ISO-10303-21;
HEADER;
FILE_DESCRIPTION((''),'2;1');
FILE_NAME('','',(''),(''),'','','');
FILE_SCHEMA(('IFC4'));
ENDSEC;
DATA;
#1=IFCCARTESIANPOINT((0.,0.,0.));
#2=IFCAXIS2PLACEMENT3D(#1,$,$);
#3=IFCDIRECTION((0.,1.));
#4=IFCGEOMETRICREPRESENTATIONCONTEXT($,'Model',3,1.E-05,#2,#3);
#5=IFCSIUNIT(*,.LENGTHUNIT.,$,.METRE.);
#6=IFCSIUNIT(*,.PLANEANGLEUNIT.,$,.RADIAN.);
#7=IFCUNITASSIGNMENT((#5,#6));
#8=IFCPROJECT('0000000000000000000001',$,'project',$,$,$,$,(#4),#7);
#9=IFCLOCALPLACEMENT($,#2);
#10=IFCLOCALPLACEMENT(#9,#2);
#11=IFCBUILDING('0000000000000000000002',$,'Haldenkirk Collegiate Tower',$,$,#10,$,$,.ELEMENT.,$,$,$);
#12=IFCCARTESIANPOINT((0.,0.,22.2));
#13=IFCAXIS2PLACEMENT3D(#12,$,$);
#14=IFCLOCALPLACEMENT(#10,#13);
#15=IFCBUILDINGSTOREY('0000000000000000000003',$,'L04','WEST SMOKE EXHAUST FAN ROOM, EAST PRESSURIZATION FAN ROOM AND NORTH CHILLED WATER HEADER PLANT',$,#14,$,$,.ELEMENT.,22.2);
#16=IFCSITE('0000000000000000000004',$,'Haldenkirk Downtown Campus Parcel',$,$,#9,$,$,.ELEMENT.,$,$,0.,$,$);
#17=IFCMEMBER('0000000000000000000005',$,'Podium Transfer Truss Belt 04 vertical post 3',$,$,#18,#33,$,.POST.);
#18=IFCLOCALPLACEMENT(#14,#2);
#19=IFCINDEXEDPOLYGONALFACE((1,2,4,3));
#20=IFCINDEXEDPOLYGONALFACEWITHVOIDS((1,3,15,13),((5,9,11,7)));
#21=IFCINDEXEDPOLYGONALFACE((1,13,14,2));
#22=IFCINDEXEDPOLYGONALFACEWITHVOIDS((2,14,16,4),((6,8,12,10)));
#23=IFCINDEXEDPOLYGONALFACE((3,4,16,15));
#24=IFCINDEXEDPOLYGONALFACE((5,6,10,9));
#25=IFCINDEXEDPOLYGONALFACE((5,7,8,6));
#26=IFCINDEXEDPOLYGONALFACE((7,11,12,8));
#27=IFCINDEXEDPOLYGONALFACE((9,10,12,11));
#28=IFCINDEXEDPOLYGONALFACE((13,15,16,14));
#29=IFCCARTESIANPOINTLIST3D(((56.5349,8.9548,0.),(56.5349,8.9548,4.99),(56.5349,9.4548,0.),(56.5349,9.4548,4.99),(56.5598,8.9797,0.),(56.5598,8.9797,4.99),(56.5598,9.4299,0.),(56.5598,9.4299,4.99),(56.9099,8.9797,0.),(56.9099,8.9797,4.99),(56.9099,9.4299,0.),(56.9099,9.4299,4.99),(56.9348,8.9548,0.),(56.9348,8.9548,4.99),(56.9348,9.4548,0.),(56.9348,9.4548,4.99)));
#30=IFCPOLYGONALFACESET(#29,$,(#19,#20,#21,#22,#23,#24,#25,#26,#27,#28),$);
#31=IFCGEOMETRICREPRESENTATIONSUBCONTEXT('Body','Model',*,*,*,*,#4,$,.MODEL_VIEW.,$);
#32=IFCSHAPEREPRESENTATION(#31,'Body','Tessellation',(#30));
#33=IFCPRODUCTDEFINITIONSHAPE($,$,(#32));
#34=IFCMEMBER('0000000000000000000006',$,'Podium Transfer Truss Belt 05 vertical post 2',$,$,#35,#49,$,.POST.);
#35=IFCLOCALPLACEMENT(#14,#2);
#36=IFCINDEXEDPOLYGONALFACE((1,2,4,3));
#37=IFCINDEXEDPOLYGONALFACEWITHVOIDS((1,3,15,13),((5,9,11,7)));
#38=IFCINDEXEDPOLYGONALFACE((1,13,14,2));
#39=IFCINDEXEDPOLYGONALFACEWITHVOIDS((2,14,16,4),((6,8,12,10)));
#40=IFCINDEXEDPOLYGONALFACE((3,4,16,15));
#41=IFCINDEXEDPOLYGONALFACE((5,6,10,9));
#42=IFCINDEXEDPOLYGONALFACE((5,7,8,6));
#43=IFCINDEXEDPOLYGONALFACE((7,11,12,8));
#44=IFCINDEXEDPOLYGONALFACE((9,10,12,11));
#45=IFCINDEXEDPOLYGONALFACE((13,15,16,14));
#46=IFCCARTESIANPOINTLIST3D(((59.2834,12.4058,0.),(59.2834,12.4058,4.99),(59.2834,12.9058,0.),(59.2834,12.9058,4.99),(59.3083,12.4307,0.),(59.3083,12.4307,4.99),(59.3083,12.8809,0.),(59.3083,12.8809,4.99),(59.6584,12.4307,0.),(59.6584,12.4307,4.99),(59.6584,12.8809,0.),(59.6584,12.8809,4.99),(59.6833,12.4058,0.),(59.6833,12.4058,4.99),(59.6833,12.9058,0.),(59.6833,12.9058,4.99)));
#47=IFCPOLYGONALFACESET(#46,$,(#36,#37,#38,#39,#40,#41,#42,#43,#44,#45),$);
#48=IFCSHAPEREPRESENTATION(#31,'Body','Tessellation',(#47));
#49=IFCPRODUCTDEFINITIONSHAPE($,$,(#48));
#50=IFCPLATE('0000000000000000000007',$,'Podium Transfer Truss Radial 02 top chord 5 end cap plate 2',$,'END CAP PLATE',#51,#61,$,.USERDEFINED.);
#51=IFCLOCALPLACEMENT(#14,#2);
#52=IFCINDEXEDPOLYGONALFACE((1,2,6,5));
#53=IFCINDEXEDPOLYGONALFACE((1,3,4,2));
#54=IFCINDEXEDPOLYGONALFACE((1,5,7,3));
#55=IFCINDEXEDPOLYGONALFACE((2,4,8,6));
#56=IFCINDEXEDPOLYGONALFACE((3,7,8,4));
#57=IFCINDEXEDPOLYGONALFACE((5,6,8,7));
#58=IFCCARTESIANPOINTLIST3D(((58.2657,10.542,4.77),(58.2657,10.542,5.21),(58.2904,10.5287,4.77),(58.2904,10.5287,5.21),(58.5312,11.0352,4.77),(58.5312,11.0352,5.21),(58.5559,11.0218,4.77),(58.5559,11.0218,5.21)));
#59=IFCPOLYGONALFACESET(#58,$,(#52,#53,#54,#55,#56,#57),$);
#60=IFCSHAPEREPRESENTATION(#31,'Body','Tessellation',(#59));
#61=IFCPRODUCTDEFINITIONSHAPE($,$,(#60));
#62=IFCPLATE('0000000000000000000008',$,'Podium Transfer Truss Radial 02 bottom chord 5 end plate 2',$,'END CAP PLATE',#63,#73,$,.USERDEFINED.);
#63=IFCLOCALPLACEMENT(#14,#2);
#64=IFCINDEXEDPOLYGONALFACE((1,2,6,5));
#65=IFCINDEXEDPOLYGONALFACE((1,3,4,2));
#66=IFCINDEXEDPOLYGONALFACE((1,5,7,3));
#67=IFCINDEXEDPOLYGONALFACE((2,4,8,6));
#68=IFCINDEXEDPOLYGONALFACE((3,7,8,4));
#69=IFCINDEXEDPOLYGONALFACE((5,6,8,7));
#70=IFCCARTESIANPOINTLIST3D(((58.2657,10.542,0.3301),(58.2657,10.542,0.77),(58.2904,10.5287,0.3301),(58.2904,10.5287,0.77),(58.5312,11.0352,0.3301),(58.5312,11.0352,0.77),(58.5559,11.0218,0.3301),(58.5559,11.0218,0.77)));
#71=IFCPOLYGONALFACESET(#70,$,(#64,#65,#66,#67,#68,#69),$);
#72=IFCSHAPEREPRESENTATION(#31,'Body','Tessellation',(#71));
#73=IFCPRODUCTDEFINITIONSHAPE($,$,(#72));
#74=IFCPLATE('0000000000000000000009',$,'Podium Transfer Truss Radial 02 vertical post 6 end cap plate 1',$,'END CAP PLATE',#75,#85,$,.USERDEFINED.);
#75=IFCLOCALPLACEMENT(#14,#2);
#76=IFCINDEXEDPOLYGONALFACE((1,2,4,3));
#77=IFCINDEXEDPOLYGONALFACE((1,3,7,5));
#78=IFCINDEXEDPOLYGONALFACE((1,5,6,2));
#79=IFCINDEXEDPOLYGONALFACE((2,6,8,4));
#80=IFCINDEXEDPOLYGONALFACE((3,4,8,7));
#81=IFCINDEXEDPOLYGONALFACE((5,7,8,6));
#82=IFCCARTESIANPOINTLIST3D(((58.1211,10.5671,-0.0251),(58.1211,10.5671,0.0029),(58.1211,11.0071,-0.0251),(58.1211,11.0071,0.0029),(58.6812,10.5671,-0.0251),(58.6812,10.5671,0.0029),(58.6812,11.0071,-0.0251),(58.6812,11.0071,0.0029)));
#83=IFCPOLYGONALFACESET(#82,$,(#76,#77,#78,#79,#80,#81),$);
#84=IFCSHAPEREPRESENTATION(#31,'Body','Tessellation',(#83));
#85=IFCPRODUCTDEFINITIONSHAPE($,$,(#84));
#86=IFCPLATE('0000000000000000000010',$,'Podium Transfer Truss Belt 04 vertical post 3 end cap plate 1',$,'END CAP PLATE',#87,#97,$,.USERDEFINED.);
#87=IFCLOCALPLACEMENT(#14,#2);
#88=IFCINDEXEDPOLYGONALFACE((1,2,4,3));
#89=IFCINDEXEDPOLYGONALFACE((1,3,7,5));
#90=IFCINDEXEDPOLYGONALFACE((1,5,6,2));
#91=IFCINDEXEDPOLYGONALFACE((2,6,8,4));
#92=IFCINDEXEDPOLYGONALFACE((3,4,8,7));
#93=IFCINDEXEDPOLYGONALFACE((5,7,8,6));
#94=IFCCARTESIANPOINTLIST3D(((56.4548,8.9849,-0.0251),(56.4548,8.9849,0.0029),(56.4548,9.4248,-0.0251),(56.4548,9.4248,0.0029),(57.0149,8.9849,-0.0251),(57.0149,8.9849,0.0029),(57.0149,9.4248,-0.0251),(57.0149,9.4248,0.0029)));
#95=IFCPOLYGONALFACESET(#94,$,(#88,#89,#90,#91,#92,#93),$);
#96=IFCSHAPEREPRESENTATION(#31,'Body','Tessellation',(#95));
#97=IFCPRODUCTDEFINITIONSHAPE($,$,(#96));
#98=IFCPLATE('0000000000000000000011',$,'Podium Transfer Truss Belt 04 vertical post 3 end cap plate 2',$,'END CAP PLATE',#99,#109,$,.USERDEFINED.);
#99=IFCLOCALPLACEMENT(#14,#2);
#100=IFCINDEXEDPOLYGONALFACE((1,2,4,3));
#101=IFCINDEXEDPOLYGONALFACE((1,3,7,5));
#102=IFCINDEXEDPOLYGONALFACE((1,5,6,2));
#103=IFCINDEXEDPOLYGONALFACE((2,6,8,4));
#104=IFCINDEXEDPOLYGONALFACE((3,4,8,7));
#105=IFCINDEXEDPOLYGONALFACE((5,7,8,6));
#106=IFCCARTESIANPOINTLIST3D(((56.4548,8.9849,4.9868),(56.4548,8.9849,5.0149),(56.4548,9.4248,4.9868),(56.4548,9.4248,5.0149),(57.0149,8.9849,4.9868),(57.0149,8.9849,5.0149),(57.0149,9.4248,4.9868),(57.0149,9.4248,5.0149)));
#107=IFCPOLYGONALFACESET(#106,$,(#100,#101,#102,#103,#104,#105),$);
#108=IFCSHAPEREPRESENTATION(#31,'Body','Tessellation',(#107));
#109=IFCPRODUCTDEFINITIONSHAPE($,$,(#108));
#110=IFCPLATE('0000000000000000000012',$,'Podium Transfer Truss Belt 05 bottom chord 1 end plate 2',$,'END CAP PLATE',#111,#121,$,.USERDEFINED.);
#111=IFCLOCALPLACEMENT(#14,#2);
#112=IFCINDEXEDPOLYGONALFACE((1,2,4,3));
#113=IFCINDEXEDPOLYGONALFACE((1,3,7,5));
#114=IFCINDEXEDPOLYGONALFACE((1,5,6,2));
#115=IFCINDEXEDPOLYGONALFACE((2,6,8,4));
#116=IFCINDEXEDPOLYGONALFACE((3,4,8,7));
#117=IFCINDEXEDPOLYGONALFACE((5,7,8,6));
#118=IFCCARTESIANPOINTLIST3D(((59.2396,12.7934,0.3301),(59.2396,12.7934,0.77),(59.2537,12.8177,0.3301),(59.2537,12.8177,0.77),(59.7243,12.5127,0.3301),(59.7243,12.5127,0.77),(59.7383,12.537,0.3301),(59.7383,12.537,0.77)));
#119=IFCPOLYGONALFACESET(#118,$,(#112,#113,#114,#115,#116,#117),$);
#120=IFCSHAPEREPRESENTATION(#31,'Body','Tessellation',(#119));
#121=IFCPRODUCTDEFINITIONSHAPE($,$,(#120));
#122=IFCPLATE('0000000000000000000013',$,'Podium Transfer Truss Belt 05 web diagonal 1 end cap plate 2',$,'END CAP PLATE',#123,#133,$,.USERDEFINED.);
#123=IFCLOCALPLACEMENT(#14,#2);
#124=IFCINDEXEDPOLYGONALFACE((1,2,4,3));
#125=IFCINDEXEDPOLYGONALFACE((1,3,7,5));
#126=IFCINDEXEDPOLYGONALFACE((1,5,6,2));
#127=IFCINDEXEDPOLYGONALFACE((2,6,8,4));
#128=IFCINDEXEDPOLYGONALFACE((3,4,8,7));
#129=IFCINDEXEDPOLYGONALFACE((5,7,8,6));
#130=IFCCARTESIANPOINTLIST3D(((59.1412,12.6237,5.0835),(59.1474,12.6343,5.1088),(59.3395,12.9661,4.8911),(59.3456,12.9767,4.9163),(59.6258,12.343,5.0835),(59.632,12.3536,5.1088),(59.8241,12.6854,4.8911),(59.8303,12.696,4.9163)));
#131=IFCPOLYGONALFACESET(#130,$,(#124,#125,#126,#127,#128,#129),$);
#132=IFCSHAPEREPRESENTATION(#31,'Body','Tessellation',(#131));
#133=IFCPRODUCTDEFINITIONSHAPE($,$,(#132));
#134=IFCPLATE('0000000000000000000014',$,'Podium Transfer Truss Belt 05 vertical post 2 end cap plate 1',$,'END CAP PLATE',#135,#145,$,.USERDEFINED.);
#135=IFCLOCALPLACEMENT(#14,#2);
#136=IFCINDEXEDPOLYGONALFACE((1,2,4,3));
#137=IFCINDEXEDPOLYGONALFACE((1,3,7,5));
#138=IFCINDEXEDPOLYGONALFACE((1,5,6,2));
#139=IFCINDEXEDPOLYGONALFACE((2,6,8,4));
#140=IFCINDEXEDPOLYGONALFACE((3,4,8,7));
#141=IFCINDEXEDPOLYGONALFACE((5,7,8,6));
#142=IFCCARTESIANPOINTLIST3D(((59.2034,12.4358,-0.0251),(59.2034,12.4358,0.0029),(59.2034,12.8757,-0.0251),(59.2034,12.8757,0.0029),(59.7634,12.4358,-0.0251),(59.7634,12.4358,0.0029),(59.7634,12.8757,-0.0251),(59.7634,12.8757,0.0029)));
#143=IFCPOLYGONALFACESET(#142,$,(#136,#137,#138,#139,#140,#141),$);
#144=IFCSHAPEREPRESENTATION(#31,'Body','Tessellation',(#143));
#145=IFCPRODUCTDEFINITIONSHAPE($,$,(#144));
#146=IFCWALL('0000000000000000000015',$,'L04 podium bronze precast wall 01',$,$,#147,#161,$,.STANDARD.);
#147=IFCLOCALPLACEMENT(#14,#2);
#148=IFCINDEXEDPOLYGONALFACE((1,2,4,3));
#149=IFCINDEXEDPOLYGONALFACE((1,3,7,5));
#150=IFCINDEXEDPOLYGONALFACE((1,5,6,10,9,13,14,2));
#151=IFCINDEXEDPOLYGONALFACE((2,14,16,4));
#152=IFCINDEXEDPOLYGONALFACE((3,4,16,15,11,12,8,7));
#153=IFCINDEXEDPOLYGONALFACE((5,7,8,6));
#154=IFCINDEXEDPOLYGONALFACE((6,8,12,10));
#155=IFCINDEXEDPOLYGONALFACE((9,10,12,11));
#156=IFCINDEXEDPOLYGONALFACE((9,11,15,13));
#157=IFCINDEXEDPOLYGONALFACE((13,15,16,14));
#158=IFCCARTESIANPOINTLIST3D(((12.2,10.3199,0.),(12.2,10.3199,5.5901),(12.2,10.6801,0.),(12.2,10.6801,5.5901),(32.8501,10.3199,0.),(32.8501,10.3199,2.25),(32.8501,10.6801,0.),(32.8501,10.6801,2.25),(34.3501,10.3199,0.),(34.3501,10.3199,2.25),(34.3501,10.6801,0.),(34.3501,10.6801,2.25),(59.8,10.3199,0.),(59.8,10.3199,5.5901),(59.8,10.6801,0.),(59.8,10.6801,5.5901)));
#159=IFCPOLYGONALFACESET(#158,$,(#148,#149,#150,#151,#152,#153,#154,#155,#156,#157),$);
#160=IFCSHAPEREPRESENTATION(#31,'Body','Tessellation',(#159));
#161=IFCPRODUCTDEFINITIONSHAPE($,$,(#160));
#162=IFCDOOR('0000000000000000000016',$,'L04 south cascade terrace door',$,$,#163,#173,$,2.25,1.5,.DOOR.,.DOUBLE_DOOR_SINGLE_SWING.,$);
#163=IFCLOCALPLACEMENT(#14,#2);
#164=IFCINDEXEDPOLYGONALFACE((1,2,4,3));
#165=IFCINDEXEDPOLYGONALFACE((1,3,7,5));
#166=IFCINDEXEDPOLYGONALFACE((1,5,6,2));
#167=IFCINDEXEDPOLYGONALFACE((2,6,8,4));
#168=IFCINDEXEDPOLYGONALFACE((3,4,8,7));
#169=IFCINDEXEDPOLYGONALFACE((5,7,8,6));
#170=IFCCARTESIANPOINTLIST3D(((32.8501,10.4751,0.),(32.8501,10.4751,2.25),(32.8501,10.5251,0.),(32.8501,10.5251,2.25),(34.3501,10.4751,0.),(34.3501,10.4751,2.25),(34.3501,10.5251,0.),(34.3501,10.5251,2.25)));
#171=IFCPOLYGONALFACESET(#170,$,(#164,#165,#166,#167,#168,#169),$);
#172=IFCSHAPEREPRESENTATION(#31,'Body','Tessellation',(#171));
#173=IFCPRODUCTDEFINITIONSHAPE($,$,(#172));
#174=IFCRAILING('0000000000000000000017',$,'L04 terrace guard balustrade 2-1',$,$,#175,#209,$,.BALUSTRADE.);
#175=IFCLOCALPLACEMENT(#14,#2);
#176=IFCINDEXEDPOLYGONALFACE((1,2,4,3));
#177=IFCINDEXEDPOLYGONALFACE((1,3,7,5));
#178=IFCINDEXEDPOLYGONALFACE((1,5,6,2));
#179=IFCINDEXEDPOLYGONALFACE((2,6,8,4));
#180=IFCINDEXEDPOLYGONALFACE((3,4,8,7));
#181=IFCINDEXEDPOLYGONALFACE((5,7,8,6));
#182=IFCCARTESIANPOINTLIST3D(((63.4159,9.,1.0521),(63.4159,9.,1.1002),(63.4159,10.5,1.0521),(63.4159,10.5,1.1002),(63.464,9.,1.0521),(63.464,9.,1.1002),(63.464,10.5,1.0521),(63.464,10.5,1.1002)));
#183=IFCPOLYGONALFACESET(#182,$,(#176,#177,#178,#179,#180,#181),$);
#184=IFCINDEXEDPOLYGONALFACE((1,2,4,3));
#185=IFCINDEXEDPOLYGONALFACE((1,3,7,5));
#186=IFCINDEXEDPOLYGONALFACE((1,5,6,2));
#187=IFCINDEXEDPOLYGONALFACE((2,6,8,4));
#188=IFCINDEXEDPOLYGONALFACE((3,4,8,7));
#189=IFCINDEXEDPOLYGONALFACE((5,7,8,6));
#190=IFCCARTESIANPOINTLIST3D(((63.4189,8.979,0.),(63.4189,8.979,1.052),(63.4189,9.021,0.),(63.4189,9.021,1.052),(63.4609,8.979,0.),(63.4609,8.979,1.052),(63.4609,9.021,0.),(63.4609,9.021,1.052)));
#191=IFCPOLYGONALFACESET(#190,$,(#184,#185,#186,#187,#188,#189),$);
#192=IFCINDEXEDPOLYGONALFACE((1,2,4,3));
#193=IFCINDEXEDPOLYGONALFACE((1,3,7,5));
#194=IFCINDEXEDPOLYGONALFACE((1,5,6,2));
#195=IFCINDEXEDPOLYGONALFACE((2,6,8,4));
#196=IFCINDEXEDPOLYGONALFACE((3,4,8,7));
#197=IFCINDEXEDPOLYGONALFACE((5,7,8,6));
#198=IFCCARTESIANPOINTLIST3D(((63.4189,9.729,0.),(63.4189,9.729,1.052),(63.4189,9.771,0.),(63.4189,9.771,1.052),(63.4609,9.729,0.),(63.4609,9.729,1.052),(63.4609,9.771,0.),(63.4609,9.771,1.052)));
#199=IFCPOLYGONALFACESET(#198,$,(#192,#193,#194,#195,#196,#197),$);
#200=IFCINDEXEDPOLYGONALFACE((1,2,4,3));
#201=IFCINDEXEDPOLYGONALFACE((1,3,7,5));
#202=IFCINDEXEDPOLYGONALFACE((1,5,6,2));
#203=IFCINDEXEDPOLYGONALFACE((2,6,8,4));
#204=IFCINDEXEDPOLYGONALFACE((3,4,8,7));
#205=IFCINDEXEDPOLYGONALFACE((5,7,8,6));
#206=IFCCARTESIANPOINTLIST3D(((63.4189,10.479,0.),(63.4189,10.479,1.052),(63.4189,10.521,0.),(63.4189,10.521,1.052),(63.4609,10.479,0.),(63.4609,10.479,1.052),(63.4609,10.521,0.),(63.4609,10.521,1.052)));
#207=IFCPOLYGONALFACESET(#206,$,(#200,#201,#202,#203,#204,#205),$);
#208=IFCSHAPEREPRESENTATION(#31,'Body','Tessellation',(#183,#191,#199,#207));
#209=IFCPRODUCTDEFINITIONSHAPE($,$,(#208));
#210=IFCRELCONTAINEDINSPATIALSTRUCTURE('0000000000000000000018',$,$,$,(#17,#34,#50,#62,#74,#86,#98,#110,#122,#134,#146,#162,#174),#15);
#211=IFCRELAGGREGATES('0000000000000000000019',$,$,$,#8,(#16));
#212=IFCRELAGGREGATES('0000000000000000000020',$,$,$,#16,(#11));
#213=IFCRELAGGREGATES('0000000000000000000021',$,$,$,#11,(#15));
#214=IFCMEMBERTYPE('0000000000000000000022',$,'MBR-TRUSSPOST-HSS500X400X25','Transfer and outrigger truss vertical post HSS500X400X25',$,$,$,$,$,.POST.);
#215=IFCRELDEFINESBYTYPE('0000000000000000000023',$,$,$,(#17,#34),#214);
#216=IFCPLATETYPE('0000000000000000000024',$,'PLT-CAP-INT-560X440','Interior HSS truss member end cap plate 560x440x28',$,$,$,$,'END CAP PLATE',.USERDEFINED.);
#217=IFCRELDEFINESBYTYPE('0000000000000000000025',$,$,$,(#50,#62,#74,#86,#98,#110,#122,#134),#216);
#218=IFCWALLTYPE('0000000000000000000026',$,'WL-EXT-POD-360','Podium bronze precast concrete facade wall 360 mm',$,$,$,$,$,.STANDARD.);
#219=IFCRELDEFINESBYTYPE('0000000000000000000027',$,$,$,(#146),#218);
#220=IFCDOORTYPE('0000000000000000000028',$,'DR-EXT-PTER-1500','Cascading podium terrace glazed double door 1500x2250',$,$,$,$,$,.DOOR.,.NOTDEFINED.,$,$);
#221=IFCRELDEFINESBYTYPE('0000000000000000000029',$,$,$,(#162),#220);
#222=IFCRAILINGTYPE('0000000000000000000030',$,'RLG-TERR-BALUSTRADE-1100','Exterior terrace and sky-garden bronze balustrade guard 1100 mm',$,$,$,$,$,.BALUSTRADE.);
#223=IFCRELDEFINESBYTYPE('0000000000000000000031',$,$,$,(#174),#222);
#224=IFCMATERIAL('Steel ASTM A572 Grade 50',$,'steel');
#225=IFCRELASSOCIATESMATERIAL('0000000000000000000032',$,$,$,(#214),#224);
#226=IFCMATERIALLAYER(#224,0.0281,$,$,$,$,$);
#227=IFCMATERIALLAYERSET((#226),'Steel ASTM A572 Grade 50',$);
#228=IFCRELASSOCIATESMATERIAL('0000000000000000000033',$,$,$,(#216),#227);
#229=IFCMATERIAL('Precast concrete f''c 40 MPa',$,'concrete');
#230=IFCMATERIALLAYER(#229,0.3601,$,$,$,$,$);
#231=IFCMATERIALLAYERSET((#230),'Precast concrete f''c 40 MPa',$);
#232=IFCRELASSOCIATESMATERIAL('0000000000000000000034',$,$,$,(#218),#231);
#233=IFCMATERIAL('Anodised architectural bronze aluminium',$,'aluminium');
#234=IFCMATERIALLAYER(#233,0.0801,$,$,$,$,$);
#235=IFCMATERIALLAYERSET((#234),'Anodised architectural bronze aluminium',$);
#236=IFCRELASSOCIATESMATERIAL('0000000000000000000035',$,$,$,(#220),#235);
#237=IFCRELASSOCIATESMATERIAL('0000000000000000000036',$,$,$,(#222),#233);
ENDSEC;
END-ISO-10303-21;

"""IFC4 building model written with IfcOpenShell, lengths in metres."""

from ifc_helpers import new_model, si_unit, direction, frame, frame_2d, origin, origin_2d, place, context, subcontext, project, spatial, rectangle, hollow_rectangle, extrude, source, transform, mapped, material, layer, layer_set, material_profile, profile_set, type_object, element, fill, save


model = new_model("IFC4")

# Units and contexts
model_context = context("Model", 3, precision=1e-05, world=origin(), true_north=direction((0.0, 1.0)))
body_context = subcontext(model_context, "Body", "Model", "MODEL_VIEW")
ifc_project = project(units=[si_unit("LENGTHUNIT", "METRE"), si_unit("PLANEANGLEUNIT", "RADIAN")], contexts=[model_context])

# Site, building, storey
site_placement = place(None, origin())
site = spatial("IfcSite", under=ifc_project, at=site_placement, Name="Haldenkirk Downtown Campus Parcel", CompositionType="ELEMENT", RefElevation=0.0)
building_placement = place(site_placement, origin())
building = spatial("IfcBuilding", under=site, at=building_placement, Name="Haldenkirk Collegiate Tower", CompositionType="ELEMENT")
storey_placement = place(building_placement, frame((0.0, 0.0, 22.2)))
storey = spatial("IfcBuildingStorey", under=building, at=storey_placement, Name="L04", Description="WEST SMOKE EXHAUST FAN ROOM, EAST PRESSURIZATION FAN ROOM AND NORTH CHILLED WATER HEADER PLANT", CompositionType="ELEMENT", Elevation=22.2)

# Members
ifc_material_1 = material(Name="Steel ASTM A572 Grade 50", Category="steel")
ifc_material_profile_1 = material_profile(ifc_material_1, hollow_rectangle(XDim=0.3999, YDim=0.5, WallThickness=0.0249, at=origin_2d()), Name="HSS500X400X25")
ifc_profile_set_1 = profile_set([ifc_material_profile_1], Name="Steel ASTM A572 Grade 50")
member_type_1 = type_object("IfcMemberType", Name="MBR-TRUSSPOST-HSS500X400X25", Description="Transfer and outrigger truss vertical post HSS500X400X25", PredefinedType="POST", material=ifc_profile_set_1)
for number, where, z_axis, x_axis, name in (
    (1, (56.7349, 9.2048, 0.0), (0.0, 0.0, 1.0), (1.0, 0.0, 0.0), "Podium Transfer Truss Belt 04 vertical post 3"),
    (2, (59.4834, 12.6558, 0.0), (0.0, 0.0, 1.0), (1.0, 0.0, 0.0), "Podium Transfer Truss Belt 05 vertical post 2"),
):
    element("IfcMember", number, at=place(storey_placement, frame(where, z_axis=z_axis, x_axis=x_axis)), inside=storey, type_object=member_type_1, Name=name, PredefinedType="POST", context=body_context, shape_type="SweptSolid", body=[
        extrude(hollow_rectangle(XDim=0.3999, YDim=0.5, WallThickness=0.0249, at=origin_2d()), origin(), (0.0, 0.0, 1.0), 4.99),
    ])

# Plates
ifc_layer_1 = layer(ifc_material_1, 0.0281)
ifc_layer_set_1 = layer_set([ifc_layer_1], Name="Steel ASTM A572 Grade 50")
plate_type = type_object("IfcPlateType", Name="PLT-CAP-INT-560X440", Description="Interior HSS truss member end cap plate 560x440x28", ElementType="END CAP PLATE", PredefinedType="USERDEFINED", material=ifc_layer_set_1)
shared_shape = source(origin(), body_context, "Body", "SweptSolid", [
    extrude(rectangle(XDim=0.5601, YDim=0.4399, at=origin_2d()), origin(), (0.0, 0.0, 1.0), 0.0281),
])
for number, where, z_axis, x_axis, name in (
    (3, (58.3984, 10.7886, 4.99), (0.880556, -0.473943, 0.0), (0.473943, 0.880556, 0.0), "Podium Transfer Truss Radial 02 top chord 5 end cap plate 2"),
    (4, (58.3984, 10.7886, 0.55), (0.880556, -0.473942, 0.0), (0.473942, 0.880556, 0.0), "Podium Transfer Truss Radial 02 bottom chord 5 end plate 2"),
    (5, (58.4011, 10.7871, 0.0029), (0.0, 0.0, -1.0), (1.0, 0.0, 0.0), "Podium Transfer Truss Radial 02 vertical post 6 end cap plate 1"),
    (6, (56.7349, 9.2048, 0.0029), (0.0, 0.0, -1.0), (1.0, 0.0, 0.0), "Podium Transfer Truss Belt 04 vertical post 3 end cap plate 1"),
    (7, (56.7349, 9.2048, 4.9868), (0.0, 0.0, 1.0), (1.0, 0.0, 0.0), "Podium Transfer Truss Belt 04 vertical post 3 end cap plate 2"),
    (8, (59.4819, 12.6531, 0.55), (0.501207, 0.865327, 0.0), (-0.865327, 0.501207, 0.0), "Podium Transfer Truss Belt 05 bottom chord 1 end plate 2"),
    (9, (59.4827, 12.6545, 4.9873), (0.21921, 0.378468, 0.899282), (-0.86533, 0.501202, 0.0), "Podium Transfer Truss Belt 05 web diagonal 1 end cap plate 2"),
    (10, (59.4834, 12.6558, 0.0029), (0.0, 0.0, -1.0), (1.0, 0.0, 0.0), "Podium Transfer Truss Belt 05 vertical post 2 end cap plate 1"),
):
    element("IfcPlate", number, at=place(storey_placement, frame(where, z_axis=z_axis, x_axis=x_axis)), inside=storey, type_object=plate_type, Name=name, ObjectType="END CAP PLATE", PredefinedType="USERDEFINED", context=body_context, shape_type="MappedRepresentation", body=[
        mapped(shared_shape, transform((0.0, 0.0, 0.0), x_axis=(1.0, 0.0, 0.0), y_axis=(0.0, 1.0, 0.0), z_axis=(0.0, 0.0, 1.0), scale=1.0)),
    ])

# Wall, opening, door
ifc_material_2 = material(Name="Precast concrete f'c 40 MPa", Category="concrete")
ifc_layer_2 = layer(ifc_material_2, 0.3601)
ifc_layer_set_2 = layer_set([ifc_layer_2], Name="Precast concrete f'c 40 MPa")
wall_type = type_object("IfcWallType", Name="WL-EXT-POD-360", Description="Podium bronze precast concrete facade wall 360 mm", PredefinedType="STANDARD", material=ifc_layer_set_2)
wall_placement = place(storey_placement, frame((59.8, 10.5, 0.0), z_axis=(0.0, 0.0, 1.0), x_axis=(-1.0, 0.0, 0.0)))
wall = element("IfcWall", 11, at=wall_placement, inside=storey, type_object=wall_type, Name="L04 podium bronze precast wall 01", PredefinedType="STANDARD", context=body_context, shape_type="SweptSolid", body=[
    extrude(rectangle(XDim=47.6001, YDim=0.3601, at=frame_2d((23.8, 0.0))), origin(), (0.0, 0.0, 1.0), 5.5901),
])
opening_placement = place(wall_placement, frame((25.45, 0.0, 0.0)))
opening = element("IfcOpeningElement", 12, at=opening_placement, cuts=wall, PredefinedType="OPENING", context=body_context, shape_type="SweptSolid", body=[
    extrude(rectangle(XDim=1.5, YDim=2.25, at=frame_2d((0.75, 1.125))), frame((0.0, 0.1899, 0.0), z_axis=(0.0, -1.0, 0.0), x_axis=(1.0, 0.0, 0.0)), (0.0, 0.0, 1.0), 0.3801),
])
ifc_material_3 = material(Name="Anodised architectural bronze aluminium", Category="aluminium")
ifc_layer_3 = layer(ifc_material_3, 0.0801)
ifc_layer_set_3 = layer_set([ifc_layer_3], Name="Anodised architectural bronze aluminium")
door_type = type_object("IfcDoorType", Name="DR-EXT-PTER-1500", Description="Cascading podium terrace glazed double door 1500x2250", OperationType="NOTDEFINED", PredefinedType="DOOR", material=ifc_layer_set_3)
door_placement = place(opening_placement, origin())
door = element("IfcDoor", 13, at=door_placement, inside=storey, type_object=door_type, Name="L04 south cascade terrace door", OperationType="DOUBLE_DOOR_SINGLE_SWING", OverallHeight=2.25, OverallWidth=1.5, PredefinedType="DOOR", context=body_context, shape_type="SweptSolid", body=[
    extrude(rectangle(XDim=1.5, YDim=2.25, at=frame_2d((0.75, 1.125))), frame((0.0, 0.0249, 0.0), z_axis=(0.0, -1.0, 0.0), x_axis=(1.0, 0.0, 0.0)), (0.0, 0.0, 1.0), 0.05),
])
fill(opening, door)

# Railing
railing_type = type_object("IfcRailingType", Name="RLG-TERR-BALUSTRADE-1100", Description="Exterior terrace and sky-garden bronze balustrade guard 1100 mm", PredefinedType="BALUSTRADE", material=ifc_material_3)
railing_1_placement = place(storey_placement, frame((63.4399, 9.0, 0.0)))
element("IfcRailing", 14, at=railing_1_placement, inside=storey, type_object=railing_type, Name="L04 terrace guard balustrade 2-1", PredefinedType="BALUSTRADE", context=body_context, shape_type="SweptSolid", body=[
    extrude(rectangle(XDim=0.0481, YDim=0.0481, at=origin_2d()), frame((0.0, 0.0, 1.0762), z_axis=(0.0, 1.0, 0.0), x_axis=(-1.0, 0.0, 0.0)), (0.0, 0.0, 1.0), 1.5),
    extrude(rectangle(XDim=0.042, YDim=0.042, at=origin_2d()), origin(), (0.0, 0.0, 1.0), 1.052),
    extrude(rectangle(XDim=0.042, YDim=0.042, at=origin_2d()), frame((0.0, 0.75, 0.0)), (0.0, 0.0, 1.0), 1.052),
    extrude(rectangle(XDim=0.042, YDim=0.042, at=origin_2d()), frame((0.0, 1.5, 0.0)), (0.0, 0.0, 1.0), 1.052),
])

save(model, "model.ifc")
